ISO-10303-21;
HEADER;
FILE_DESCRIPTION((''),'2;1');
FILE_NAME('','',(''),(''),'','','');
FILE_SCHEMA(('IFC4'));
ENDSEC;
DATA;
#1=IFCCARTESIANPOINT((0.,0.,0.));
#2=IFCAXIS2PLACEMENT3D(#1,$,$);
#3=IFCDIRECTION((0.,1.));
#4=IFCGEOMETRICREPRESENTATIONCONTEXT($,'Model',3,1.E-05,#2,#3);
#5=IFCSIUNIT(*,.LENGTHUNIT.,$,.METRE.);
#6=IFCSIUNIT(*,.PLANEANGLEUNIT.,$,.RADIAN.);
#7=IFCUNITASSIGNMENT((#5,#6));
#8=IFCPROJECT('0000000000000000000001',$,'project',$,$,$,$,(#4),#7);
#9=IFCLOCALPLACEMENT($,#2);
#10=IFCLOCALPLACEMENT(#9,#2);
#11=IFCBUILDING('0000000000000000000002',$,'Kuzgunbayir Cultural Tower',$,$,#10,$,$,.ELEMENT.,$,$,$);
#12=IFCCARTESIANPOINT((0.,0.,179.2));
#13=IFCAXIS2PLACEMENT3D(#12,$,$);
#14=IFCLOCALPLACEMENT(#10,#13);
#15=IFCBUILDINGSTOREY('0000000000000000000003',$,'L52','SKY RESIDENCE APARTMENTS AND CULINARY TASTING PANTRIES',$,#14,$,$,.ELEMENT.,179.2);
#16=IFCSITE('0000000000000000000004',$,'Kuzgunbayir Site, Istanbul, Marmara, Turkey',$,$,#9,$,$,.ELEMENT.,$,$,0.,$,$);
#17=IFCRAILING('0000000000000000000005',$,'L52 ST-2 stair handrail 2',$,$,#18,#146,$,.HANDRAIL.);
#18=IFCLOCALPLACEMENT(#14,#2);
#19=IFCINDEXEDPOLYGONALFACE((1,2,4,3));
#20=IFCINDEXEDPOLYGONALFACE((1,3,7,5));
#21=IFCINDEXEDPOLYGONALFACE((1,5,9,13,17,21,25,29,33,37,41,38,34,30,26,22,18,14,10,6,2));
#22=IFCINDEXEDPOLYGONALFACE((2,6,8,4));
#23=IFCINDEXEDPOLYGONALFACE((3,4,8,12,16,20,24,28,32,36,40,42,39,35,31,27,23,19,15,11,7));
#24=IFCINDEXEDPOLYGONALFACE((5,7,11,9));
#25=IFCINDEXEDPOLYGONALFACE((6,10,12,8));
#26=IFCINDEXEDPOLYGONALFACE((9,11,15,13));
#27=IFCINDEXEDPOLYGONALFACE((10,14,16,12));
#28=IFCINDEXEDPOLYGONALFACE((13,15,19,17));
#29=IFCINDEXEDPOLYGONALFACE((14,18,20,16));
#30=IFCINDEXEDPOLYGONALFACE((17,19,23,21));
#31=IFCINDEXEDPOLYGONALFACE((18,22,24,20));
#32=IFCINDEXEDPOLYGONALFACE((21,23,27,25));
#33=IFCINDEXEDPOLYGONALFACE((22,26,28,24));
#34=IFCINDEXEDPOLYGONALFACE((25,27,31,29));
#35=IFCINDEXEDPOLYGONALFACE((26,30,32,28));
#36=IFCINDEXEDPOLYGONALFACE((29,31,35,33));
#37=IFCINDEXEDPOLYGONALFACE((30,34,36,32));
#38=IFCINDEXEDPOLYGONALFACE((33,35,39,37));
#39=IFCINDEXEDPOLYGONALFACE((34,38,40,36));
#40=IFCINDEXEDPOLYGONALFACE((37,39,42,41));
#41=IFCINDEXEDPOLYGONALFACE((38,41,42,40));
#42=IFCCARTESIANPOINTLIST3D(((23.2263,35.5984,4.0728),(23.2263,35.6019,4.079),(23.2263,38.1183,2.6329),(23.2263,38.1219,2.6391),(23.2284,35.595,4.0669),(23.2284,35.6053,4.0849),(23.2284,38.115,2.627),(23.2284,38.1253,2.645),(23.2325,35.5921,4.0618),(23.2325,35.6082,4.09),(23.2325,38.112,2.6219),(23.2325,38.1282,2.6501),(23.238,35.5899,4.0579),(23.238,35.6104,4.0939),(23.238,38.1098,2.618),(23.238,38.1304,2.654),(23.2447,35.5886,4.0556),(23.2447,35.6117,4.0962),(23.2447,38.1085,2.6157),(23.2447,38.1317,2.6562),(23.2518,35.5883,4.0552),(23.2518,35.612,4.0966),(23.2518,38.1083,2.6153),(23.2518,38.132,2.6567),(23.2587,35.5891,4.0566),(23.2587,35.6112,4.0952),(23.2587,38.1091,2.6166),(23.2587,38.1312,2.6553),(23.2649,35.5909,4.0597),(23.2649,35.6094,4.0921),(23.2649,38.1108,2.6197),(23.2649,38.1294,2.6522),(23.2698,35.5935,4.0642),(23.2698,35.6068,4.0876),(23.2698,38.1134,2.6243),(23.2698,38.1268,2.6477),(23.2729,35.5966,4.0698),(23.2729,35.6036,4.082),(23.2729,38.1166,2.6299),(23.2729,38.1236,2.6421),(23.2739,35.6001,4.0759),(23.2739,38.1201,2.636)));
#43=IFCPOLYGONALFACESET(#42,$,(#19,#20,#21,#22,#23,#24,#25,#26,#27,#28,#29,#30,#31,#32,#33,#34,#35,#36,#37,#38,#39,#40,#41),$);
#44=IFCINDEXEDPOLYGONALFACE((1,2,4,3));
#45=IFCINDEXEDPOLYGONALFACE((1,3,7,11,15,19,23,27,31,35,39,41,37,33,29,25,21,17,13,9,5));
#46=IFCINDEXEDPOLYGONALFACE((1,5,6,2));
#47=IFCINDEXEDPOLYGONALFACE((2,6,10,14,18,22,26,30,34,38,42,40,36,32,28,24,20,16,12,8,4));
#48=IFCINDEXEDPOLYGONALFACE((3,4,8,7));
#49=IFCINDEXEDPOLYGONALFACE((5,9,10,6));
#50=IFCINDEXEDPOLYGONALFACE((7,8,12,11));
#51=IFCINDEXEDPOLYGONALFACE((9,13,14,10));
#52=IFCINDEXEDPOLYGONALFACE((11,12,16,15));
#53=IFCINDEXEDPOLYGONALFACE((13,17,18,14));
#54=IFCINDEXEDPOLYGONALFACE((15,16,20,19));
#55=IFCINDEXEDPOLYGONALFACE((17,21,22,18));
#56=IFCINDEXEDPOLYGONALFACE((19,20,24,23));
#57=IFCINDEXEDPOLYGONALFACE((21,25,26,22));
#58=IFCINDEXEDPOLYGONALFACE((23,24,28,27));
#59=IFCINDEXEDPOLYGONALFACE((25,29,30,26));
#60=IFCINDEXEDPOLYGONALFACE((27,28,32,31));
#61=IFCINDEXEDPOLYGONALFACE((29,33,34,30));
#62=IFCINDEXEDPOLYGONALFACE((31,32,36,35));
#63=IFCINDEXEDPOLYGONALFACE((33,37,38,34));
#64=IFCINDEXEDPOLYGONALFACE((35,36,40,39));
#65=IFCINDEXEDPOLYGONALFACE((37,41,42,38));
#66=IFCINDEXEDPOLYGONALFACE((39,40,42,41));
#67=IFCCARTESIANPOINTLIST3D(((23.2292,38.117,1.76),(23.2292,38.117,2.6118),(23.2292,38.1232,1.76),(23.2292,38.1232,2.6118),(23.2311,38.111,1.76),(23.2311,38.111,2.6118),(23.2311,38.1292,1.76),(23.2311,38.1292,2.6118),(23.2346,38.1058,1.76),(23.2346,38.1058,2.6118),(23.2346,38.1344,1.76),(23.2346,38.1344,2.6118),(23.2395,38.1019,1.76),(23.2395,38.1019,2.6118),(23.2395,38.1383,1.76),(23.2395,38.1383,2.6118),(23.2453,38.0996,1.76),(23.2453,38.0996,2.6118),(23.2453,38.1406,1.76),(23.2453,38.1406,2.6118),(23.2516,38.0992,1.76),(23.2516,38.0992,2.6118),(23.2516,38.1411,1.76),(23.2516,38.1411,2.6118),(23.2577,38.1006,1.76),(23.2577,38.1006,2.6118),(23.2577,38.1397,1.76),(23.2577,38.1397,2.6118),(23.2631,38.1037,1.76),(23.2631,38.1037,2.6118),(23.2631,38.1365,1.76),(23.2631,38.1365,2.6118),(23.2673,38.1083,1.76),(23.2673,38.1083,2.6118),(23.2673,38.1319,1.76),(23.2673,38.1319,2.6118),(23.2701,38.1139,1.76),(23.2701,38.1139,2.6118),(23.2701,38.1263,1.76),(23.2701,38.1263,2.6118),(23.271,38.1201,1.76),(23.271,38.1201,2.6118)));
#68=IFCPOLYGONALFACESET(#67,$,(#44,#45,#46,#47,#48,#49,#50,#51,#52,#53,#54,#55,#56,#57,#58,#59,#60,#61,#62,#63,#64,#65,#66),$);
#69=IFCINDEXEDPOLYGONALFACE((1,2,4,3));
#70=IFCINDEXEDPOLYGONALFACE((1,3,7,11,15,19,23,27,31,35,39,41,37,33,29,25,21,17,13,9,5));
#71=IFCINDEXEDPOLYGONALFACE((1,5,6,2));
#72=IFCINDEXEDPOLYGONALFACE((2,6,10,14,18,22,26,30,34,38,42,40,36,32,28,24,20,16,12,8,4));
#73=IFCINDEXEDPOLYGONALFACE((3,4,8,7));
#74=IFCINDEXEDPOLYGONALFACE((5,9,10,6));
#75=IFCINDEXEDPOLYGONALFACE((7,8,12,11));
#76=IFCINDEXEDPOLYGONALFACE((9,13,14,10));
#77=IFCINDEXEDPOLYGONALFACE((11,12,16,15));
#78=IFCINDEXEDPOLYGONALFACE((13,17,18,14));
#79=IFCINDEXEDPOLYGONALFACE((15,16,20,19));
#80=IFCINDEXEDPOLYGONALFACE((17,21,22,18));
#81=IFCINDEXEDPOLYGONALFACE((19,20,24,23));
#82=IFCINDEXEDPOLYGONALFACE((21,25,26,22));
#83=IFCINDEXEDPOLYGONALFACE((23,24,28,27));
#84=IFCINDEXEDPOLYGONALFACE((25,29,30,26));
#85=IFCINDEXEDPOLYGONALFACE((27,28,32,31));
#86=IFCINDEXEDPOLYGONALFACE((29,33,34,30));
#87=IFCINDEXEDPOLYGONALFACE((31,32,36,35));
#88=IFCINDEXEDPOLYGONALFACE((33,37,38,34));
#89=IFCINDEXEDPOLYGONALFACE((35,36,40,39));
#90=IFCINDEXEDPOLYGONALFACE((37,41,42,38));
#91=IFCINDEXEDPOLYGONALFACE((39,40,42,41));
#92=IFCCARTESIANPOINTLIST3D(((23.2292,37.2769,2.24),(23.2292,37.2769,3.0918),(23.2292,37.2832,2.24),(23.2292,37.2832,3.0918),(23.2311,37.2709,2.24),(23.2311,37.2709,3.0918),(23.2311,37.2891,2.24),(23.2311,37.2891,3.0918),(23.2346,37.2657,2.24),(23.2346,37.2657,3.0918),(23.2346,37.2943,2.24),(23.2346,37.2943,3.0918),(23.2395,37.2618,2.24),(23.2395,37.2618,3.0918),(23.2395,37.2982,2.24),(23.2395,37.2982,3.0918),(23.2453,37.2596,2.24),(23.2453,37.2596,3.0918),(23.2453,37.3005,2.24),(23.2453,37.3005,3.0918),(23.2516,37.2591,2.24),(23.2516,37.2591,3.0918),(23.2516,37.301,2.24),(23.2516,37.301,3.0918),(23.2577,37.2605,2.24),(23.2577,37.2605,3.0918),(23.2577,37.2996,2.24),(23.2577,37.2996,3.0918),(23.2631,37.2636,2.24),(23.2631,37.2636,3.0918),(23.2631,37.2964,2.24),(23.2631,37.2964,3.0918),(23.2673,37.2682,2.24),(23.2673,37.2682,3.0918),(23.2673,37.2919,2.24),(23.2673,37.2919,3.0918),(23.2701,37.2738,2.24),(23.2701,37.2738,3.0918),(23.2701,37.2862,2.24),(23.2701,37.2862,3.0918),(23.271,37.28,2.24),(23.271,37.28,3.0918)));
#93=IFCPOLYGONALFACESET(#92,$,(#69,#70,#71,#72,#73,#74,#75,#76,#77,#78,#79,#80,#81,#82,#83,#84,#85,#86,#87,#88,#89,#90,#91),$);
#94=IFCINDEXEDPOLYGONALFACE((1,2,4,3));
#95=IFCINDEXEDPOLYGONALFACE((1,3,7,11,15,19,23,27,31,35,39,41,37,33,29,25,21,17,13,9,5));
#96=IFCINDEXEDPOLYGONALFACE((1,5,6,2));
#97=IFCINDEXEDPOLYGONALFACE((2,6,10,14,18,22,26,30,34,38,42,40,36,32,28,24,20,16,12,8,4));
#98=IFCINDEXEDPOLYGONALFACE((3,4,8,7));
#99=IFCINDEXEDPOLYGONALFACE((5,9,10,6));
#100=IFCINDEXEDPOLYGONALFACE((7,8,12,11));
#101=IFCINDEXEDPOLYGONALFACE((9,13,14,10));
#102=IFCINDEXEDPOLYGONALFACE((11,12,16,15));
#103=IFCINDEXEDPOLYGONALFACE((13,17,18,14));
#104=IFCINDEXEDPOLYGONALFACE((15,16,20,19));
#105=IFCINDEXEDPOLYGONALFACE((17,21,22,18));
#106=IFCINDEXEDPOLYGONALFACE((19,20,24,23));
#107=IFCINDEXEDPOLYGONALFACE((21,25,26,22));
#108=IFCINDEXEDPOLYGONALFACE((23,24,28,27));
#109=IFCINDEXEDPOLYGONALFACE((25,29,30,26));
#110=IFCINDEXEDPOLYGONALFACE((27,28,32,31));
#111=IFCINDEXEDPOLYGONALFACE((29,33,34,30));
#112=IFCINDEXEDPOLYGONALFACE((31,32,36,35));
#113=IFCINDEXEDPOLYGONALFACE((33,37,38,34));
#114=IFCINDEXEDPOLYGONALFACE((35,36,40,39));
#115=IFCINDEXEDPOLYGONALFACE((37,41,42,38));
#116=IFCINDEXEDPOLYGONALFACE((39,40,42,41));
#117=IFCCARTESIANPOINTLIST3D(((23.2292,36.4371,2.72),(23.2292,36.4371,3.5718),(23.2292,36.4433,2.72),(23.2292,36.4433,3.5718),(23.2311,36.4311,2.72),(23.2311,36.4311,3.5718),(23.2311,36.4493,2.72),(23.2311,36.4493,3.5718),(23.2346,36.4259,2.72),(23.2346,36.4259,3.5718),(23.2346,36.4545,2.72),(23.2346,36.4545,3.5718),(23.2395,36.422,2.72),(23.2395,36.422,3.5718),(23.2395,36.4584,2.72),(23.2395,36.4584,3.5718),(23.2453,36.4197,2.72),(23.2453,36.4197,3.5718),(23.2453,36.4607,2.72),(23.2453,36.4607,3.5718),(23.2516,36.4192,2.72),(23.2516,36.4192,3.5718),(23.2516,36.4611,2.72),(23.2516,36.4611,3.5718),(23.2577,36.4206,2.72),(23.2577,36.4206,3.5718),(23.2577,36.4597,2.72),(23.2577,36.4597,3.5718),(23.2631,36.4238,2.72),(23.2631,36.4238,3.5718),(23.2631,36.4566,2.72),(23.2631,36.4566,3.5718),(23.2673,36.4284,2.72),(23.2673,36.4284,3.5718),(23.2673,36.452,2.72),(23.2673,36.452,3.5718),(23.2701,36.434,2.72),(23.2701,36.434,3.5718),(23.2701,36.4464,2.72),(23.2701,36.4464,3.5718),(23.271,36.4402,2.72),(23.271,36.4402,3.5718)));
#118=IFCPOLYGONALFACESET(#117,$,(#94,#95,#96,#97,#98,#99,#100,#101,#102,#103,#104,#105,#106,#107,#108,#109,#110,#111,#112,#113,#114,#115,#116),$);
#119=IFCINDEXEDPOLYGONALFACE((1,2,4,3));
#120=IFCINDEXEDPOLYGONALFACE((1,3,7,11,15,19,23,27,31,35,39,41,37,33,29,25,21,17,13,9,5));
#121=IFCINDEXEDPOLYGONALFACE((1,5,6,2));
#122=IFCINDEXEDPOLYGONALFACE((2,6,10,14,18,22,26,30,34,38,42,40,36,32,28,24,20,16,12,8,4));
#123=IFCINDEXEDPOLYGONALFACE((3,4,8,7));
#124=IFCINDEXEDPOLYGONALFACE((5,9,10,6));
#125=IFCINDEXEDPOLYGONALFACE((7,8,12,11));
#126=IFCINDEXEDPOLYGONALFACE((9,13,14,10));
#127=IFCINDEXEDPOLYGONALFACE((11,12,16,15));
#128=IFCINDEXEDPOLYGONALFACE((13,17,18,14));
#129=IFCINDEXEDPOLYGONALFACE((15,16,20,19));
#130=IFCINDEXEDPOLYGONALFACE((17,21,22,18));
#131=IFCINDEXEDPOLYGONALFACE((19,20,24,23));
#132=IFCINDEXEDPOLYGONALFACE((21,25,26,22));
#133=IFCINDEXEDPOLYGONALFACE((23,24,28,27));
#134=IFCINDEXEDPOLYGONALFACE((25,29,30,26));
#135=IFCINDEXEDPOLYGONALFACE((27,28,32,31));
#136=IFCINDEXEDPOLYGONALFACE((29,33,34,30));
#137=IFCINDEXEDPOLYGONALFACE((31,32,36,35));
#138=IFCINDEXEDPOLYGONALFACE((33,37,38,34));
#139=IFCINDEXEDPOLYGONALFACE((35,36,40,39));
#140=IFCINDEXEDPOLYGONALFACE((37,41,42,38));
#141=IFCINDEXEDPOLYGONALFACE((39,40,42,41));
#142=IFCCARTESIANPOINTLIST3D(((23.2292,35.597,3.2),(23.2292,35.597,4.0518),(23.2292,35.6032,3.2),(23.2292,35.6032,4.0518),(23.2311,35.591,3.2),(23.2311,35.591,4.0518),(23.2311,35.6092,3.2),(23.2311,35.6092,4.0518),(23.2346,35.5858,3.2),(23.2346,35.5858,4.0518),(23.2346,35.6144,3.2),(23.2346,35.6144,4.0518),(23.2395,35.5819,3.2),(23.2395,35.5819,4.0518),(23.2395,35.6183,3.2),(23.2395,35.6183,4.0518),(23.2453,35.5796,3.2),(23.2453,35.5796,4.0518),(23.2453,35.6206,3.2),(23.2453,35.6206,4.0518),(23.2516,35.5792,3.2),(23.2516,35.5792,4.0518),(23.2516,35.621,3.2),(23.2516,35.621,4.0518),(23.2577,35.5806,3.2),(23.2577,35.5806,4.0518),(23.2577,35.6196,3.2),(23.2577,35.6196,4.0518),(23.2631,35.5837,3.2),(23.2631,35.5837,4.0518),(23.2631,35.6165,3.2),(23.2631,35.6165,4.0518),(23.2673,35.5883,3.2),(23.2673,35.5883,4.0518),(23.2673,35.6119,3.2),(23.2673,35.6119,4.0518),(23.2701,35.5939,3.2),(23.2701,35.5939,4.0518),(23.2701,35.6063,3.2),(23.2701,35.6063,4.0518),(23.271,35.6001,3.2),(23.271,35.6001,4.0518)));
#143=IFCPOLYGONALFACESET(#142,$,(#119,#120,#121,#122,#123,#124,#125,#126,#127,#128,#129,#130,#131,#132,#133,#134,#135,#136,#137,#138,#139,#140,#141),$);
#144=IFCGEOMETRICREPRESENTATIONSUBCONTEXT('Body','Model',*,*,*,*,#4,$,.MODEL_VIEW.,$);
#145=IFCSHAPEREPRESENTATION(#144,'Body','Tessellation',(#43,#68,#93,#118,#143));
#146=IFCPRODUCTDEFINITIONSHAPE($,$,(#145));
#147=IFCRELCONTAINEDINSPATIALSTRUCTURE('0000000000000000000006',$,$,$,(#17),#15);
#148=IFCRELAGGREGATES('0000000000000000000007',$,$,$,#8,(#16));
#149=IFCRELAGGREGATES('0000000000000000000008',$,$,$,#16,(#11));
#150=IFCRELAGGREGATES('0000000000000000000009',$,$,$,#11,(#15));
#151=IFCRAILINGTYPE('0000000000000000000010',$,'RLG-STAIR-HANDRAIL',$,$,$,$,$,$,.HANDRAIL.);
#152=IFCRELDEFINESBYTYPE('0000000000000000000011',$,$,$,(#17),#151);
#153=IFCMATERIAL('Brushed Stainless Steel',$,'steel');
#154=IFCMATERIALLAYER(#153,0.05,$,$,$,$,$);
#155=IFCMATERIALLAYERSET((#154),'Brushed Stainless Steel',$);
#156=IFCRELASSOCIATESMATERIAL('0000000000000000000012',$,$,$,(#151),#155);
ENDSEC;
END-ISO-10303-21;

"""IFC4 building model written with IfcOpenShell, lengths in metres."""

from ifc_helpers import new_model, si_unit, direction, frame, origin, origin_2d, place, context, subcontext, project, spatial, circle, extrude, material, layer, layer_set, type_object, element, save


model = new_model("IFC4")

# Units and contexts
model_context = context("Model", 3, precision=1e-05, world=origin(), true_north=direction((0.0, 1.0)))
body_context = subcontext(model_context, "Body", "Model", "MODEL_VIEW")
ifc_project = project(units=[si_unit("LENGTHUNIT", "METRE"), si_unit("PLANEANGLEUNIT", "RADIAN")], contexts=[model_context])

# Site, building, storey
site_placement = place(None, origin())
site = spatial("IfcSite", under=ifc_project, at=site_placement, Name="Kuzgunbayir Site, Istanbul, Marmara, Turkey", CompositionType="ELEMENT", RefElevation=0.0)
building_placement = place(site_placement, origin())
building = spatial("IfcBuilding", under=site, at=building_placement, Name="Kuzgunbayir Cultural Tower", CompositionType="ELEMENT")
storey_placement = place(building_placement, frame((0.0, 0.0, 179.2)))
storey = spatial("IfcBuildingStorey", under=building, at=storey_placement, Name="L52", Description="SKY RESIDENCE APARTMENTS AND CULINARY TASTING PANTRIES", CompositionType="ELEMENT", Elevation=179.2)

# Shared definitions
ifc_material_1 = material(Name="Brushed Stainless Steel", Category="steel")

# Railing
ifc_layer_1 = layer(ifc_material_1, 0.05)
ifc_layer_set_1 = layer_set([ifc_layer_1], Name="Brushed Stainless Steel")
railing_type_1 = type_object("IfcRailingType", Name="RLG-STAIR-HANDRAIL", PredefinedType="HANDRAIL", material=ifc_layer_set_1)
railing_1_placement = place(storey_placement, frame((23.25, 38.1201, 1.76)))
element("IfcRailing", 1, at=railing_1_placement, inside=storey, type_object=railing_type_1, Name="L52 ST-2 stair handrail 2", PredefinedType="HANDRAIL", context=body_context, shape_type="SweptSolid", body=[
    extrude(circle(Radius=0.0239, at=origin_2d()), frame((0.0, 0.0, 0.876), z_axis=(0.0, -0.868253, 0.496121), x_axis=(1.0, 0.0, 0.0)), (0.0, 0.0, 1.0), 2.9023),
    extrude(circle(Radius=0.021, at=origin_2d()), origin(), (0.0, 0.0, 1.0), 0.8518),
    extrude(circle(Radius=0.021, at=origin_2d()), frame((0.0, -0.8401, 0.48)), (0.0, 0.0, 1.0), 0.8518),
    extrude(circle(Radius=0.021, at=origin_2d()), frame((0.0, -1.6799, 0.96)), (0.0, 0.0, 1.0), 0.8518),
    extrude(circle(Radius=0.021, at=origin_2d()), frame((0.0, -2.52, 1.4399)), (0.0, 0.0, 1.0), 0.8518),
])

save(model, "model.ifc")
